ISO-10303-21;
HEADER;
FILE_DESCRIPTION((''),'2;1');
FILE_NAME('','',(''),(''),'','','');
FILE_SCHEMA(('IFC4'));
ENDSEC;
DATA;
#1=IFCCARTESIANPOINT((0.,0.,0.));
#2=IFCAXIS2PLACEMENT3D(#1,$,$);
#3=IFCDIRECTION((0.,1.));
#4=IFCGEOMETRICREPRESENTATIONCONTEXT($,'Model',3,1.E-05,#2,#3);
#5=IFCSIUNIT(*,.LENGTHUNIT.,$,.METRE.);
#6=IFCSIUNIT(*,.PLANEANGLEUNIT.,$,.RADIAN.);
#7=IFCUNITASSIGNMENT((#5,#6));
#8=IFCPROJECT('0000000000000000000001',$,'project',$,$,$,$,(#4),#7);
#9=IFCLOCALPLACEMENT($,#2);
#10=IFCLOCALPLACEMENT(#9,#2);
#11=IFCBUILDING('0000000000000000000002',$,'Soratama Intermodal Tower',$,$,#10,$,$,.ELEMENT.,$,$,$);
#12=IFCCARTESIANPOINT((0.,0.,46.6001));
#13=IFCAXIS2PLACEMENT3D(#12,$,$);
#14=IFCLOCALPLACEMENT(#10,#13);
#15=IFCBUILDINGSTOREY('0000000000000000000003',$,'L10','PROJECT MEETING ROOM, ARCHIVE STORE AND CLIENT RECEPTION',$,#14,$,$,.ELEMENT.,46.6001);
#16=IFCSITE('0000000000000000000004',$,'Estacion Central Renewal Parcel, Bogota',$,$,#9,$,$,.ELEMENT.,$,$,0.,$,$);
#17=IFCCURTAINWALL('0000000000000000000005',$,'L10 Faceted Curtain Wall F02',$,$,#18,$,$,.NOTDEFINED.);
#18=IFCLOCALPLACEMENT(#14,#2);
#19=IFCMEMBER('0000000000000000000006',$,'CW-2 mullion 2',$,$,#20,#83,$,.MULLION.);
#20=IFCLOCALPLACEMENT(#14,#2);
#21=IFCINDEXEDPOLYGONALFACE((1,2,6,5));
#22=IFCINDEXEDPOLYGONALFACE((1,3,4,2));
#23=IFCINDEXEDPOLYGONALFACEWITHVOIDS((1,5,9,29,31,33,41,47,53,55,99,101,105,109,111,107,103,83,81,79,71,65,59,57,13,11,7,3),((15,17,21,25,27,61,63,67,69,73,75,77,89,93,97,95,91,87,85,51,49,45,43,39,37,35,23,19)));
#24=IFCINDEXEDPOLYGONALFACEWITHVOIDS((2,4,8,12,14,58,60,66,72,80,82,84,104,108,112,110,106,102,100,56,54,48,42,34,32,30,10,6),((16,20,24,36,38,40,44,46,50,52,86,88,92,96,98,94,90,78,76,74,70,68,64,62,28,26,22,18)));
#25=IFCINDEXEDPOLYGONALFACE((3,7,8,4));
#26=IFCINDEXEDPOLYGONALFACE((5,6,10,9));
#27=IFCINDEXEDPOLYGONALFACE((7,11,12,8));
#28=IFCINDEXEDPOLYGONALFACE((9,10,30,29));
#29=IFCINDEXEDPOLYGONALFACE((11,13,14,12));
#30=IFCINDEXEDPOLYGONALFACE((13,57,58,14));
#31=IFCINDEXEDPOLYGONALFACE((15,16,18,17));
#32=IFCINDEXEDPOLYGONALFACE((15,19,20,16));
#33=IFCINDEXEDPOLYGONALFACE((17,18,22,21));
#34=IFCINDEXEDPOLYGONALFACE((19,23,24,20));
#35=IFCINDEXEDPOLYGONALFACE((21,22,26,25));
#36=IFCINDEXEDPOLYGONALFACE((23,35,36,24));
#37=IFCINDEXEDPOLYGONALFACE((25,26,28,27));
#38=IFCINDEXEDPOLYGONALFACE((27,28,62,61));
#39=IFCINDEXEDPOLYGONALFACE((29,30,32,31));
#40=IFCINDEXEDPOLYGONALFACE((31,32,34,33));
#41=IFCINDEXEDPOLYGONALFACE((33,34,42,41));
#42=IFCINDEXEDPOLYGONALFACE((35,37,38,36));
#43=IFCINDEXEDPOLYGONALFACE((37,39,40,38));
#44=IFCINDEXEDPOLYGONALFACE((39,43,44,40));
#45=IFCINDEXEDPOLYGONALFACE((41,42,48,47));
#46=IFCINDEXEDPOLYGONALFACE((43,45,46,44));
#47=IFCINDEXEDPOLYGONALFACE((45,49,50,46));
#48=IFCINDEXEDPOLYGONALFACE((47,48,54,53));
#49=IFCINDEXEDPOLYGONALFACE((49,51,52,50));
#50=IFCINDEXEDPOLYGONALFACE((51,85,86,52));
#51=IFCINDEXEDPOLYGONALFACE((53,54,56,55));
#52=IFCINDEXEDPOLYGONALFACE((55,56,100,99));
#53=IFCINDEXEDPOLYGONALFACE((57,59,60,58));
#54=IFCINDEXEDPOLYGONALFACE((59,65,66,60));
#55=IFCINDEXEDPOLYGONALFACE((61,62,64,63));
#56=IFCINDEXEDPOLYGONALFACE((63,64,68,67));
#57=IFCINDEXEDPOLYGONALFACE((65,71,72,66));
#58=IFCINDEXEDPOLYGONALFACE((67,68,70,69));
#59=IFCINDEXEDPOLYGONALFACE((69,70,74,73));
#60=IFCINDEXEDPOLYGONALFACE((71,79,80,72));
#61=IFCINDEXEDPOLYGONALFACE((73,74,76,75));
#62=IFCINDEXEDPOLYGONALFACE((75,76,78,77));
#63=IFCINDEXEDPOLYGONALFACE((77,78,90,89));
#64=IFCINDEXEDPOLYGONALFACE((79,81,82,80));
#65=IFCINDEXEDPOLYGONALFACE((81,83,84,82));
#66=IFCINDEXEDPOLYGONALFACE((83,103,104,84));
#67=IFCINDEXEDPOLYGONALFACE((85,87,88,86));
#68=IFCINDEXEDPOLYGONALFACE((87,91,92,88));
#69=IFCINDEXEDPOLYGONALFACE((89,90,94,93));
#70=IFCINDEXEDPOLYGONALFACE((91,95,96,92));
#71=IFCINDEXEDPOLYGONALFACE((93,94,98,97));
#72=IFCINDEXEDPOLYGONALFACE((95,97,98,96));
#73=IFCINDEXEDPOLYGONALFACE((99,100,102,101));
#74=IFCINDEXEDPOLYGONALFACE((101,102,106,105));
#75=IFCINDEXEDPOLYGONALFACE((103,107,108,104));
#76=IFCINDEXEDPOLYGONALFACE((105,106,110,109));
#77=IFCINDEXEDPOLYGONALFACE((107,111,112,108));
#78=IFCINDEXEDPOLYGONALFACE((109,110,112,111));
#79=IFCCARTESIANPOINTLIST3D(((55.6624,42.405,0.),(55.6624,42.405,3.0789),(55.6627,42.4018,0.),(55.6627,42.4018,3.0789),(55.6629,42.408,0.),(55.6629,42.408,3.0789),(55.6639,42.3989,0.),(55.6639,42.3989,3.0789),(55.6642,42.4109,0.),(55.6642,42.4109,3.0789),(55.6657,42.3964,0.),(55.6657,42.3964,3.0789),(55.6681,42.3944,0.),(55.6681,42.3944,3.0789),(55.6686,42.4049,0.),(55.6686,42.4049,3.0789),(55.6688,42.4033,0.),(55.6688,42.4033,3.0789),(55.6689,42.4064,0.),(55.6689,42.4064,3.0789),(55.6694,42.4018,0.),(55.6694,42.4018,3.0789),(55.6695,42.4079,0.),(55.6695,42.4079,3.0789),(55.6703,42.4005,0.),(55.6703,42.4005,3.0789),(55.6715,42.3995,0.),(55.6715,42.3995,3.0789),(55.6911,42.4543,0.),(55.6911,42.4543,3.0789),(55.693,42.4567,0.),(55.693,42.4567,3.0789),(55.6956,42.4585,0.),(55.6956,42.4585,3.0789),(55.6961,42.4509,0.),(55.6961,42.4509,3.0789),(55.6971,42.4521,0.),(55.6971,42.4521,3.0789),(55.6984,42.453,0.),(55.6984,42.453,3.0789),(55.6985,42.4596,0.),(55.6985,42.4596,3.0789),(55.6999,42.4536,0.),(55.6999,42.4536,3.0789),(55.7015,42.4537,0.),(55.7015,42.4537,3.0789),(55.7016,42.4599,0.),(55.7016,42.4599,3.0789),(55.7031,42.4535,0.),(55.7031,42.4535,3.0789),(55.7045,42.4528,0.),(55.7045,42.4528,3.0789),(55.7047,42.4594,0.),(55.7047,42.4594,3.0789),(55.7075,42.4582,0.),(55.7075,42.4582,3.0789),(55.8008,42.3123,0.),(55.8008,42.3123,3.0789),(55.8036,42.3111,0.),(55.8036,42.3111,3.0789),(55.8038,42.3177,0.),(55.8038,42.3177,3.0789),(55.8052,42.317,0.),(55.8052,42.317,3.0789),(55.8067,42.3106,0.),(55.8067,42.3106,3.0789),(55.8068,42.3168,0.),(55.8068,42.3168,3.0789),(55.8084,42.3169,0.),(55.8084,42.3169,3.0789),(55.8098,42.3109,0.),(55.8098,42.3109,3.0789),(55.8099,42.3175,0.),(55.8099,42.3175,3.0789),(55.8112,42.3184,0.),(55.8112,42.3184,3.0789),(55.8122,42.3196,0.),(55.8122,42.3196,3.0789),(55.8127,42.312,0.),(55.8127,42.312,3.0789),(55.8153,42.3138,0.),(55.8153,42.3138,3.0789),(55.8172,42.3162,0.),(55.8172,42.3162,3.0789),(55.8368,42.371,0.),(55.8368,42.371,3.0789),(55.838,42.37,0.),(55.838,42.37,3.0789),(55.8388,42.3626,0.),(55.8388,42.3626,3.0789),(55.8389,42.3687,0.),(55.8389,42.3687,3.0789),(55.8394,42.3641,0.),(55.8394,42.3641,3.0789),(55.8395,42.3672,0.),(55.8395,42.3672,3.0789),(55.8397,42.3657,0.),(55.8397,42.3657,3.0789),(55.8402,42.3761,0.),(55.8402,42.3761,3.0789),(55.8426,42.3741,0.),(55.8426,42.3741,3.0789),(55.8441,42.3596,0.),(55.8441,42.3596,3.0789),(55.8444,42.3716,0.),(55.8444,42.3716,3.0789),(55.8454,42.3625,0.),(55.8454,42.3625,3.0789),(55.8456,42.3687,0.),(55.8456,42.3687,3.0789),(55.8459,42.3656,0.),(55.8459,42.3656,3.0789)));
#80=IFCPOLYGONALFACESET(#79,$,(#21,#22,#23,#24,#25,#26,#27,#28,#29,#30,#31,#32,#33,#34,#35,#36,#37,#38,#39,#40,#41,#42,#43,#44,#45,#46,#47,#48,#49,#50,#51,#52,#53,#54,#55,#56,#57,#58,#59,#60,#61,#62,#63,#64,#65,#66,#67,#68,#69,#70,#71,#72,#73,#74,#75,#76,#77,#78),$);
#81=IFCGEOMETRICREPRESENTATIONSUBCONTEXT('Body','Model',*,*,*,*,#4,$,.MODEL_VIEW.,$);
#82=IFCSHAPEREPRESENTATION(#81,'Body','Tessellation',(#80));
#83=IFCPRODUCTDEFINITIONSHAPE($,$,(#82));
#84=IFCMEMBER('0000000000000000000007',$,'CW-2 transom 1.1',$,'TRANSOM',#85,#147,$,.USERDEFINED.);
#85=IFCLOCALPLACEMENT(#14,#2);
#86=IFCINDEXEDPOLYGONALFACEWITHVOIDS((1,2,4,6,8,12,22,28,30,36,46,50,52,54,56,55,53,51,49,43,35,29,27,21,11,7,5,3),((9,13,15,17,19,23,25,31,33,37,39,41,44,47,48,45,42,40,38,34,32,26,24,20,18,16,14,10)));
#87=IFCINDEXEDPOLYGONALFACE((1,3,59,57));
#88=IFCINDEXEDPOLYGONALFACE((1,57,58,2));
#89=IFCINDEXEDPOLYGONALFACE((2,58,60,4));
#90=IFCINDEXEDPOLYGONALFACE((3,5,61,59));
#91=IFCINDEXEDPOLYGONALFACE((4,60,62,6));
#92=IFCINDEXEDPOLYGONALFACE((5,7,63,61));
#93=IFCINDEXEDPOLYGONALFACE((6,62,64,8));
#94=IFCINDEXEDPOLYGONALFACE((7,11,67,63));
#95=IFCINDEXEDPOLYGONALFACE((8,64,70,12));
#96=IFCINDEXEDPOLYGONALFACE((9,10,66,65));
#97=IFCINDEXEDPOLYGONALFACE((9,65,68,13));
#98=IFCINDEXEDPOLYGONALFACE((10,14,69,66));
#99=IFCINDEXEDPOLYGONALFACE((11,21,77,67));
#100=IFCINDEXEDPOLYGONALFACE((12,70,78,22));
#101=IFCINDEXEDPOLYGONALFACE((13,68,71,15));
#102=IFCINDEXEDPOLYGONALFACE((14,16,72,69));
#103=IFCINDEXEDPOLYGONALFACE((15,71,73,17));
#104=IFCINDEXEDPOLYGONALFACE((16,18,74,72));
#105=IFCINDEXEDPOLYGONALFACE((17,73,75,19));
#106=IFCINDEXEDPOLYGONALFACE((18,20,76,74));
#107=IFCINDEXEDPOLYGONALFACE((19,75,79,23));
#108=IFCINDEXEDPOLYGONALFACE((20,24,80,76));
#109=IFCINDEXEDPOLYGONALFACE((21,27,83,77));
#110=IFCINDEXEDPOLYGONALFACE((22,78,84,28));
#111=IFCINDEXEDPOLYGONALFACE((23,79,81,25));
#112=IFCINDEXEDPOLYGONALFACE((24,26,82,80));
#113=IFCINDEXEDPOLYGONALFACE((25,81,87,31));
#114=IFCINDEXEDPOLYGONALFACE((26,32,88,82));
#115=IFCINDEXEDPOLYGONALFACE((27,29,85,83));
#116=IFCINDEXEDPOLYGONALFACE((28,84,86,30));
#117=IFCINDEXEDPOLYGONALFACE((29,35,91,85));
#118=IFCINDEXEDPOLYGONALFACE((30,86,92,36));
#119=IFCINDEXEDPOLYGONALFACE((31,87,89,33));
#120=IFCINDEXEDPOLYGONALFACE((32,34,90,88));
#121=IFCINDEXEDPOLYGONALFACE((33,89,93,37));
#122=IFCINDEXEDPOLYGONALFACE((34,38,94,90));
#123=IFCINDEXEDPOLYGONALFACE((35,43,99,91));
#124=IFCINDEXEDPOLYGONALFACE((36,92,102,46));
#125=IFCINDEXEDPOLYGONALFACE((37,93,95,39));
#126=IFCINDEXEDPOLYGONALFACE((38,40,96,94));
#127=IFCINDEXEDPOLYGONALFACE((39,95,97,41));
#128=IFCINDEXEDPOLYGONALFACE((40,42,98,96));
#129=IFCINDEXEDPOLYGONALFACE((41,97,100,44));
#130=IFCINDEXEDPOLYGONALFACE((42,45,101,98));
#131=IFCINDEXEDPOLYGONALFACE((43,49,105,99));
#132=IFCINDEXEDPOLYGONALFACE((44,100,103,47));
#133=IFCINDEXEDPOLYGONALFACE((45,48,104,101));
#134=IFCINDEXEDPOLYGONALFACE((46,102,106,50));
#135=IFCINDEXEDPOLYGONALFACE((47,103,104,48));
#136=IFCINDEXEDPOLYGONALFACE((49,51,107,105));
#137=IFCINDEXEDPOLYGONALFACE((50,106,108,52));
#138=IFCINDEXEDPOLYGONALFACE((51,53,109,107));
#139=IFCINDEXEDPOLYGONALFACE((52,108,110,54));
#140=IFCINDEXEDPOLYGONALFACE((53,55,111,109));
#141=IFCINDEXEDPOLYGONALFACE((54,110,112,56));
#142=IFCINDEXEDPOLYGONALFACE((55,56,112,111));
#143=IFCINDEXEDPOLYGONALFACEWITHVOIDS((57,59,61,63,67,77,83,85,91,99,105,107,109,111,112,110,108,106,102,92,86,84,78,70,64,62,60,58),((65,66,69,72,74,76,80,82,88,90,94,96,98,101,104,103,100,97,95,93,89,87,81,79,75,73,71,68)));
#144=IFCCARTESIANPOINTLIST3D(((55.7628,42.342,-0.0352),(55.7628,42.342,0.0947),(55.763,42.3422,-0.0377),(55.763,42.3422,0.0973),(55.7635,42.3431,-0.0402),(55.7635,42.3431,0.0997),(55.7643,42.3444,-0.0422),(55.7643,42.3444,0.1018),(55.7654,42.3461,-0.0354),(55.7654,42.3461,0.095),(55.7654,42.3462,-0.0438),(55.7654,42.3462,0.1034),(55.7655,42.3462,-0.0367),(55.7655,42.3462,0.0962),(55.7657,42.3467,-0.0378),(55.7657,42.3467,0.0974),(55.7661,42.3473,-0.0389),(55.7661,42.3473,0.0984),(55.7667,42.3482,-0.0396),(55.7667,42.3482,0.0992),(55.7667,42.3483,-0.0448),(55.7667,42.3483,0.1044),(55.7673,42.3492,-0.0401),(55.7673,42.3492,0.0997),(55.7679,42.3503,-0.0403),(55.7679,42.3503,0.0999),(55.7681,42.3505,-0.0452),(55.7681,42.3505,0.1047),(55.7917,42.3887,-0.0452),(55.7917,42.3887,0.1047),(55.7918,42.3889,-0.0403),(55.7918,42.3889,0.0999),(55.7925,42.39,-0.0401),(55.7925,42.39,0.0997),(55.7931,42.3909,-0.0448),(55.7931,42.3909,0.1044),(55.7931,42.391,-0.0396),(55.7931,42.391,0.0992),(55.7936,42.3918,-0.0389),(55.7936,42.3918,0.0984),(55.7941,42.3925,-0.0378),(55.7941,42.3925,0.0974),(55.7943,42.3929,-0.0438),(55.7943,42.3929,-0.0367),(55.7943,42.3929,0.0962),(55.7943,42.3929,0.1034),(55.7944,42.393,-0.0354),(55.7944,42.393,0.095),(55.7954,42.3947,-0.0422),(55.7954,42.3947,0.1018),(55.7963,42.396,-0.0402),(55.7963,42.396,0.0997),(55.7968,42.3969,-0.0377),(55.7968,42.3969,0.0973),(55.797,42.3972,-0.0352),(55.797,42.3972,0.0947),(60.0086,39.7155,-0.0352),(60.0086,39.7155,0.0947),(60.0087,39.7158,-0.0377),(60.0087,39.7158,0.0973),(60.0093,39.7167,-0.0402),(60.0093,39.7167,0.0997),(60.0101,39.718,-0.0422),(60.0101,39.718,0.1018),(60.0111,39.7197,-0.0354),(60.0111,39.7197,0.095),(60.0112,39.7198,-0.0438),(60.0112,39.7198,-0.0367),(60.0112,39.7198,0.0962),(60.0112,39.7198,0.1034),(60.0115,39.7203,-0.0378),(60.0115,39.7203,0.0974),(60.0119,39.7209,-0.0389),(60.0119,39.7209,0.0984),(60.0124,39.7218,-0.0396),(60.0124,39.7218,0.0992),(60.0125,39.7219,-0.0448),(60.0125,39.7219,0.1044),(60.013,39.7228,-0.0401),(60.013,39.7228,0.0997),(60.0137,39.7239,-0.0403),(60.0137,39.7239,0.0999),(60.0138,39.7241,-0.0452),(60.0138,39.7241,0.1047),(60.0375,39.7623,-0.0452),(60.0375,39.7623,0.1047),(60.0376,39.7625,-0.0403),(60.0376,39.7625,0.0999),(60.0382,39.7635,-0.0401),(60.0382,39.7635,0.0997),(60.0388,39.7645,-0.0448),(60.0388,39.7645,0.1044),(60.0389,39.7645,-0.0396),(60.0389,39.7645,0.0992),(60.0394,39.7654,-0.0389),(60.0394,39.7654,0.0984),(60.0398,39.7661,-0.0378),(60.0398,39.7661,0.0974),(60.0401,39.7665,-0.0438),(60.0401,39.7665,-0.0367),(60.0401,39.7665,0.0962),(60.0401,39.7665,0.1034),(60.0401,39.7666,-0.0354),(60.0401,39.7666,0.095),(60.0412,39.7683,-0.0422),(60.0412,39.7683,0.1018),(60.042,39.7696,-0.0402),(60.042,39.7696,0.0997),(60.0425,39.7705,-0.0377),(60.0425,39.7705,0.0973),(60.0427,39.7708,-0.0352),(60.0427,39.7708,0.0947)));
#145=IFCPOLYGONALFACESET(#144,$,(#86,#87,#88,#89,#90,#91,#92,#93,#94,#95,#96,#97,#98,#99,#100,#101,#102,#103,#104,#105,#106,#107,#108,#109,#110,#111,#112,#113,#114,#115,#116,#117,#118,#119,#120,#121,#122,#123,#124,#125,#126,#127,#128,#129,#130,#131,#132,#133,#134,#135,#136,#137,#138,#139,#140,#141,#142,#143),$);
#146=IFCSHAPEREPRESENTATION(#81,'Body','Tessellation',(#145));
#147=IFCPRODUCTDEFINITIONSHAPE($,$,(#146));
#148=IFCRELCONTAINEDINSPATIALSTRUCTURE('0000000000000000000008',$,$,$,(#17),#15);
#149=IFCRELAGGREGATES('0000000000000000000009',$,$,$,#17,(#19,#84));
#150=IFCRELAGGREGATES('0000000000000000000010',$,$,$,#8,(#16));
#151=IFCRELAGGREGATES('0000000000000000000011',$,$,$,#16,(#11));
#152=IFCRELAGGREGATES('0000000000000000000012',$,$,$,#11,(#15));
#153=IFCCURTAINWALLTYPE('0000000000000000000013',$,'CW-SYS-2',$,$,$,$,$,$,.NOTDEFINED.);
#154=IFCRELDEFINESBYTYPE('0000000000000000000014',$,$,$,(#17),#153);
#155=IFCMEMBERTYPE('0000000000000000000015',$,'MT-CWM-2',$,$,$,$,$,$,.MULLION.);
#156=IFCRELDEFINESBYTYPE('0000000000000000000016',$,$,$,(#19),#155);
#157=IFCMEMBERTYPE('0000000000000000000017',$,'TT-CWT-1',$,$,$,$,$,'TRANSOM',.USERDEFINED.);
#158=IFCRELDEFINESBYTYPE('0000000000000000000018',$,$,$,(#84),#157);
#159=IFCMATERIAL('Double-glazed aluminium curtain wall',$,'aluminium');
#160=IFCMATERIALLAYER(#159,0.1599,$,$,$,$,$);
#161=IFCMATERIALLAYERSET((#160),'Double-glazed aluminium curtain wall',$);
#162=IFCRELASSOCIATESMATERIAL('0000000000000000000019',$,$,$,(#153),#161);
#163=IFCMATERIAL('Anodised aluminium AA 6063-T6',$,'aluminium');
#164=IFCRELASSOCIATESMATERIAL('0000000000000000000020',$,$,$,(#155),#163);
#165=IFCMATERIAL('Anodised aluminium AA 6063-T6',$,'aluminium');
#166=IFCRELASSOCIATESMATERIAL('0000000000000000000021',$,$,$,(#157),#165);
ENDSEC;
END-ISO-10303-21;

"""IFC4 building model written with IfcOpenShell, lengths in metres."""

from ifc_helpers import new_model, si_unit, direction, frame, origin, origin_2d, place, context, subcontext, project, spatial, hollow_rectangle, extrude, material, layer, layer_set, material_profile, profile_set, type_object, element, aggregate, save


model = new_model("IFC4")

# Units and contexts
model_context = context("Model", 3, precision=1e-05, world=origin(), true_north=direction((0.0, 1.0)))
body_context = subcontext(model_context, "Body", "Model", "MODEL_VIEW")
ifc_project = project(units=[si_unit("LENGTHUNIT", "METRE"), si_unit("PLANEANGLEUNIT", "RADIAN")], contexts=[model_context])

# Site, building, storey
site_placement = place(None, origin())
site = spatial("IfcSite", under=ifc_project, at=site_placement, Name="Estacion Central Renewal Parcel, Bogota", CompositionType="ELEMENT", RefElevation=0.0)
building_placement = place(site_placement, origin())
building = spatial("IfcBuilding", under=site, at=building_placement, Name="Soratama Intermodal Tower", CompositionType="ELEMENT")
storey_placement = place(building_placement, frame((0.0, 0.0, 46.6001)))
storey = spatial("IfcBuildingStorey", under=building, at=storey_placement, Name="L10", Description="PROJECT MEETING ROOM, ARCHIVE STORE AND CLIENT RECEPTION", CompositionType="ELEMENT", Elevation=46.6001)

# Shared definitions
ifc_material_1 = material(Name="Double-glazed aluminium curtain wall", Category="aluminium")
ifc_layer_1 = layer(ifc_material_1, 0.1599)
ifc_layer_set_1 = layer_set([ifc_layer_1], Name="Double-glazed aluminium curtain wall")
curtain_wall_type = type_object("IfcCurtainWallType", Name="CW-SYS-2", PredefinedType="NOTDEFINED", material=ifc_layer_set_1)
ifc_material_2 = material(Name="Anodised aluminium AA 6063-T6", Category="aluminium")
ifc_material_profile_1 = material_profile(ifc_material_2, hollow_rectangle(XDim=0.075, YDim=0.1799, WallThickness=0.0061, InnerFilletRadius=0.0061, OuterFilletRadius=0.012, at=origin_2d()), Name="CWM180X75X6")
ifc_profile_set_1 = profile_set([ifc_material_profile_1], Name="Anodised aluminium AA 6063-T6")
member_type_1 = type_object("IfcMemberType", Name="MT-CWM-2", PredefinedType="MULLION", material=ifc_profile_set_1)

# Curtain wall, members
curtain_wall_1_placement = place(storey_placement, origin())
curtain_wall_1 = element("IfcCurtainWall", 1, at=curtain_wall_1_placement, inside=storey, type_object=curtain_wall_type, Name="L10 Faceted Curtain Wall F02", PredefinedType="NOTDEFINED")
member_1_placement = place(storey_placement, frame((55.7542, 42.3853, 0.0), z_axis=(0.0, 0.0, 1.0), x_axis=(-0.526058, -0.850449, 0.0)))
member_1 = element("IfcMember", 2, at=member_1_placement, type_object=member_type_1, Name="CW-2 mullion 2", PredefinedType="MULLION", context=body_context, shape_type="SweptSolid", body=[
    extrude(hollow_rectangle(XDim=0.075, YDim=0.1799, WallThickness=0.0061, InnerFilletRadius=0.0061, OuterFilletRadius=0.012, at=origin_2d()), origin(), (0.0, 0.0, 1.0), 3.0789),
])
ifc_material_3 = material(Name="Anodised aluminium AA 6063-T6", Category="aluminium")
ifc_material_profile_2 = material_profile(ifc_material_3, hollow_rectangle(XDim=0.0649, YDim=0.1499, WallThickness=0.0049, InnerFilletRadius=0.0049, OuterFilletRadius=0.01, at=origin_2d()), Name="CWT150X65X5")
ifc_profile_set_2 = profile_set([ifc_material_profile_2], Name="Anodised aluminium AA 6063-T6")
member_type_2 = type_object("IfcMemberType", Name="TT-CWT-1", ElementType="TRANSOM", PredefinedType="USERDEFINED", material=ifc_profile_set_2)
member_2_placement = place(storey_placement, frame((60.0256, 39.7432, 0.0298), z_axis=(-0.850437, 0.526077, 0.0), x_axis=(-0.526077, -0.850437, 0.0)))
member_2 = element("IfcMember", 3, at=member_2_placement, type_object=member_type_2, Name="CW-2 transom 1.1", ObjectType="TRANSOM", PredefinedType="USERDEFINED", context=body_context, shape_type="SweptSolid", body=[
    extrude(hollow_rectangle(XDim=0.0649, YDim=0.1499, WallThickness=0.0049, InnerFilletRadius=0.0049, OuterFilletRadius=0.01, at=origin_2d()), origin(), (0.0, 0.0, 1.0), 4.9924),
])

aggregate(curtain_wall_1, [member_1, member_2])

save(model, "model.ifc")
